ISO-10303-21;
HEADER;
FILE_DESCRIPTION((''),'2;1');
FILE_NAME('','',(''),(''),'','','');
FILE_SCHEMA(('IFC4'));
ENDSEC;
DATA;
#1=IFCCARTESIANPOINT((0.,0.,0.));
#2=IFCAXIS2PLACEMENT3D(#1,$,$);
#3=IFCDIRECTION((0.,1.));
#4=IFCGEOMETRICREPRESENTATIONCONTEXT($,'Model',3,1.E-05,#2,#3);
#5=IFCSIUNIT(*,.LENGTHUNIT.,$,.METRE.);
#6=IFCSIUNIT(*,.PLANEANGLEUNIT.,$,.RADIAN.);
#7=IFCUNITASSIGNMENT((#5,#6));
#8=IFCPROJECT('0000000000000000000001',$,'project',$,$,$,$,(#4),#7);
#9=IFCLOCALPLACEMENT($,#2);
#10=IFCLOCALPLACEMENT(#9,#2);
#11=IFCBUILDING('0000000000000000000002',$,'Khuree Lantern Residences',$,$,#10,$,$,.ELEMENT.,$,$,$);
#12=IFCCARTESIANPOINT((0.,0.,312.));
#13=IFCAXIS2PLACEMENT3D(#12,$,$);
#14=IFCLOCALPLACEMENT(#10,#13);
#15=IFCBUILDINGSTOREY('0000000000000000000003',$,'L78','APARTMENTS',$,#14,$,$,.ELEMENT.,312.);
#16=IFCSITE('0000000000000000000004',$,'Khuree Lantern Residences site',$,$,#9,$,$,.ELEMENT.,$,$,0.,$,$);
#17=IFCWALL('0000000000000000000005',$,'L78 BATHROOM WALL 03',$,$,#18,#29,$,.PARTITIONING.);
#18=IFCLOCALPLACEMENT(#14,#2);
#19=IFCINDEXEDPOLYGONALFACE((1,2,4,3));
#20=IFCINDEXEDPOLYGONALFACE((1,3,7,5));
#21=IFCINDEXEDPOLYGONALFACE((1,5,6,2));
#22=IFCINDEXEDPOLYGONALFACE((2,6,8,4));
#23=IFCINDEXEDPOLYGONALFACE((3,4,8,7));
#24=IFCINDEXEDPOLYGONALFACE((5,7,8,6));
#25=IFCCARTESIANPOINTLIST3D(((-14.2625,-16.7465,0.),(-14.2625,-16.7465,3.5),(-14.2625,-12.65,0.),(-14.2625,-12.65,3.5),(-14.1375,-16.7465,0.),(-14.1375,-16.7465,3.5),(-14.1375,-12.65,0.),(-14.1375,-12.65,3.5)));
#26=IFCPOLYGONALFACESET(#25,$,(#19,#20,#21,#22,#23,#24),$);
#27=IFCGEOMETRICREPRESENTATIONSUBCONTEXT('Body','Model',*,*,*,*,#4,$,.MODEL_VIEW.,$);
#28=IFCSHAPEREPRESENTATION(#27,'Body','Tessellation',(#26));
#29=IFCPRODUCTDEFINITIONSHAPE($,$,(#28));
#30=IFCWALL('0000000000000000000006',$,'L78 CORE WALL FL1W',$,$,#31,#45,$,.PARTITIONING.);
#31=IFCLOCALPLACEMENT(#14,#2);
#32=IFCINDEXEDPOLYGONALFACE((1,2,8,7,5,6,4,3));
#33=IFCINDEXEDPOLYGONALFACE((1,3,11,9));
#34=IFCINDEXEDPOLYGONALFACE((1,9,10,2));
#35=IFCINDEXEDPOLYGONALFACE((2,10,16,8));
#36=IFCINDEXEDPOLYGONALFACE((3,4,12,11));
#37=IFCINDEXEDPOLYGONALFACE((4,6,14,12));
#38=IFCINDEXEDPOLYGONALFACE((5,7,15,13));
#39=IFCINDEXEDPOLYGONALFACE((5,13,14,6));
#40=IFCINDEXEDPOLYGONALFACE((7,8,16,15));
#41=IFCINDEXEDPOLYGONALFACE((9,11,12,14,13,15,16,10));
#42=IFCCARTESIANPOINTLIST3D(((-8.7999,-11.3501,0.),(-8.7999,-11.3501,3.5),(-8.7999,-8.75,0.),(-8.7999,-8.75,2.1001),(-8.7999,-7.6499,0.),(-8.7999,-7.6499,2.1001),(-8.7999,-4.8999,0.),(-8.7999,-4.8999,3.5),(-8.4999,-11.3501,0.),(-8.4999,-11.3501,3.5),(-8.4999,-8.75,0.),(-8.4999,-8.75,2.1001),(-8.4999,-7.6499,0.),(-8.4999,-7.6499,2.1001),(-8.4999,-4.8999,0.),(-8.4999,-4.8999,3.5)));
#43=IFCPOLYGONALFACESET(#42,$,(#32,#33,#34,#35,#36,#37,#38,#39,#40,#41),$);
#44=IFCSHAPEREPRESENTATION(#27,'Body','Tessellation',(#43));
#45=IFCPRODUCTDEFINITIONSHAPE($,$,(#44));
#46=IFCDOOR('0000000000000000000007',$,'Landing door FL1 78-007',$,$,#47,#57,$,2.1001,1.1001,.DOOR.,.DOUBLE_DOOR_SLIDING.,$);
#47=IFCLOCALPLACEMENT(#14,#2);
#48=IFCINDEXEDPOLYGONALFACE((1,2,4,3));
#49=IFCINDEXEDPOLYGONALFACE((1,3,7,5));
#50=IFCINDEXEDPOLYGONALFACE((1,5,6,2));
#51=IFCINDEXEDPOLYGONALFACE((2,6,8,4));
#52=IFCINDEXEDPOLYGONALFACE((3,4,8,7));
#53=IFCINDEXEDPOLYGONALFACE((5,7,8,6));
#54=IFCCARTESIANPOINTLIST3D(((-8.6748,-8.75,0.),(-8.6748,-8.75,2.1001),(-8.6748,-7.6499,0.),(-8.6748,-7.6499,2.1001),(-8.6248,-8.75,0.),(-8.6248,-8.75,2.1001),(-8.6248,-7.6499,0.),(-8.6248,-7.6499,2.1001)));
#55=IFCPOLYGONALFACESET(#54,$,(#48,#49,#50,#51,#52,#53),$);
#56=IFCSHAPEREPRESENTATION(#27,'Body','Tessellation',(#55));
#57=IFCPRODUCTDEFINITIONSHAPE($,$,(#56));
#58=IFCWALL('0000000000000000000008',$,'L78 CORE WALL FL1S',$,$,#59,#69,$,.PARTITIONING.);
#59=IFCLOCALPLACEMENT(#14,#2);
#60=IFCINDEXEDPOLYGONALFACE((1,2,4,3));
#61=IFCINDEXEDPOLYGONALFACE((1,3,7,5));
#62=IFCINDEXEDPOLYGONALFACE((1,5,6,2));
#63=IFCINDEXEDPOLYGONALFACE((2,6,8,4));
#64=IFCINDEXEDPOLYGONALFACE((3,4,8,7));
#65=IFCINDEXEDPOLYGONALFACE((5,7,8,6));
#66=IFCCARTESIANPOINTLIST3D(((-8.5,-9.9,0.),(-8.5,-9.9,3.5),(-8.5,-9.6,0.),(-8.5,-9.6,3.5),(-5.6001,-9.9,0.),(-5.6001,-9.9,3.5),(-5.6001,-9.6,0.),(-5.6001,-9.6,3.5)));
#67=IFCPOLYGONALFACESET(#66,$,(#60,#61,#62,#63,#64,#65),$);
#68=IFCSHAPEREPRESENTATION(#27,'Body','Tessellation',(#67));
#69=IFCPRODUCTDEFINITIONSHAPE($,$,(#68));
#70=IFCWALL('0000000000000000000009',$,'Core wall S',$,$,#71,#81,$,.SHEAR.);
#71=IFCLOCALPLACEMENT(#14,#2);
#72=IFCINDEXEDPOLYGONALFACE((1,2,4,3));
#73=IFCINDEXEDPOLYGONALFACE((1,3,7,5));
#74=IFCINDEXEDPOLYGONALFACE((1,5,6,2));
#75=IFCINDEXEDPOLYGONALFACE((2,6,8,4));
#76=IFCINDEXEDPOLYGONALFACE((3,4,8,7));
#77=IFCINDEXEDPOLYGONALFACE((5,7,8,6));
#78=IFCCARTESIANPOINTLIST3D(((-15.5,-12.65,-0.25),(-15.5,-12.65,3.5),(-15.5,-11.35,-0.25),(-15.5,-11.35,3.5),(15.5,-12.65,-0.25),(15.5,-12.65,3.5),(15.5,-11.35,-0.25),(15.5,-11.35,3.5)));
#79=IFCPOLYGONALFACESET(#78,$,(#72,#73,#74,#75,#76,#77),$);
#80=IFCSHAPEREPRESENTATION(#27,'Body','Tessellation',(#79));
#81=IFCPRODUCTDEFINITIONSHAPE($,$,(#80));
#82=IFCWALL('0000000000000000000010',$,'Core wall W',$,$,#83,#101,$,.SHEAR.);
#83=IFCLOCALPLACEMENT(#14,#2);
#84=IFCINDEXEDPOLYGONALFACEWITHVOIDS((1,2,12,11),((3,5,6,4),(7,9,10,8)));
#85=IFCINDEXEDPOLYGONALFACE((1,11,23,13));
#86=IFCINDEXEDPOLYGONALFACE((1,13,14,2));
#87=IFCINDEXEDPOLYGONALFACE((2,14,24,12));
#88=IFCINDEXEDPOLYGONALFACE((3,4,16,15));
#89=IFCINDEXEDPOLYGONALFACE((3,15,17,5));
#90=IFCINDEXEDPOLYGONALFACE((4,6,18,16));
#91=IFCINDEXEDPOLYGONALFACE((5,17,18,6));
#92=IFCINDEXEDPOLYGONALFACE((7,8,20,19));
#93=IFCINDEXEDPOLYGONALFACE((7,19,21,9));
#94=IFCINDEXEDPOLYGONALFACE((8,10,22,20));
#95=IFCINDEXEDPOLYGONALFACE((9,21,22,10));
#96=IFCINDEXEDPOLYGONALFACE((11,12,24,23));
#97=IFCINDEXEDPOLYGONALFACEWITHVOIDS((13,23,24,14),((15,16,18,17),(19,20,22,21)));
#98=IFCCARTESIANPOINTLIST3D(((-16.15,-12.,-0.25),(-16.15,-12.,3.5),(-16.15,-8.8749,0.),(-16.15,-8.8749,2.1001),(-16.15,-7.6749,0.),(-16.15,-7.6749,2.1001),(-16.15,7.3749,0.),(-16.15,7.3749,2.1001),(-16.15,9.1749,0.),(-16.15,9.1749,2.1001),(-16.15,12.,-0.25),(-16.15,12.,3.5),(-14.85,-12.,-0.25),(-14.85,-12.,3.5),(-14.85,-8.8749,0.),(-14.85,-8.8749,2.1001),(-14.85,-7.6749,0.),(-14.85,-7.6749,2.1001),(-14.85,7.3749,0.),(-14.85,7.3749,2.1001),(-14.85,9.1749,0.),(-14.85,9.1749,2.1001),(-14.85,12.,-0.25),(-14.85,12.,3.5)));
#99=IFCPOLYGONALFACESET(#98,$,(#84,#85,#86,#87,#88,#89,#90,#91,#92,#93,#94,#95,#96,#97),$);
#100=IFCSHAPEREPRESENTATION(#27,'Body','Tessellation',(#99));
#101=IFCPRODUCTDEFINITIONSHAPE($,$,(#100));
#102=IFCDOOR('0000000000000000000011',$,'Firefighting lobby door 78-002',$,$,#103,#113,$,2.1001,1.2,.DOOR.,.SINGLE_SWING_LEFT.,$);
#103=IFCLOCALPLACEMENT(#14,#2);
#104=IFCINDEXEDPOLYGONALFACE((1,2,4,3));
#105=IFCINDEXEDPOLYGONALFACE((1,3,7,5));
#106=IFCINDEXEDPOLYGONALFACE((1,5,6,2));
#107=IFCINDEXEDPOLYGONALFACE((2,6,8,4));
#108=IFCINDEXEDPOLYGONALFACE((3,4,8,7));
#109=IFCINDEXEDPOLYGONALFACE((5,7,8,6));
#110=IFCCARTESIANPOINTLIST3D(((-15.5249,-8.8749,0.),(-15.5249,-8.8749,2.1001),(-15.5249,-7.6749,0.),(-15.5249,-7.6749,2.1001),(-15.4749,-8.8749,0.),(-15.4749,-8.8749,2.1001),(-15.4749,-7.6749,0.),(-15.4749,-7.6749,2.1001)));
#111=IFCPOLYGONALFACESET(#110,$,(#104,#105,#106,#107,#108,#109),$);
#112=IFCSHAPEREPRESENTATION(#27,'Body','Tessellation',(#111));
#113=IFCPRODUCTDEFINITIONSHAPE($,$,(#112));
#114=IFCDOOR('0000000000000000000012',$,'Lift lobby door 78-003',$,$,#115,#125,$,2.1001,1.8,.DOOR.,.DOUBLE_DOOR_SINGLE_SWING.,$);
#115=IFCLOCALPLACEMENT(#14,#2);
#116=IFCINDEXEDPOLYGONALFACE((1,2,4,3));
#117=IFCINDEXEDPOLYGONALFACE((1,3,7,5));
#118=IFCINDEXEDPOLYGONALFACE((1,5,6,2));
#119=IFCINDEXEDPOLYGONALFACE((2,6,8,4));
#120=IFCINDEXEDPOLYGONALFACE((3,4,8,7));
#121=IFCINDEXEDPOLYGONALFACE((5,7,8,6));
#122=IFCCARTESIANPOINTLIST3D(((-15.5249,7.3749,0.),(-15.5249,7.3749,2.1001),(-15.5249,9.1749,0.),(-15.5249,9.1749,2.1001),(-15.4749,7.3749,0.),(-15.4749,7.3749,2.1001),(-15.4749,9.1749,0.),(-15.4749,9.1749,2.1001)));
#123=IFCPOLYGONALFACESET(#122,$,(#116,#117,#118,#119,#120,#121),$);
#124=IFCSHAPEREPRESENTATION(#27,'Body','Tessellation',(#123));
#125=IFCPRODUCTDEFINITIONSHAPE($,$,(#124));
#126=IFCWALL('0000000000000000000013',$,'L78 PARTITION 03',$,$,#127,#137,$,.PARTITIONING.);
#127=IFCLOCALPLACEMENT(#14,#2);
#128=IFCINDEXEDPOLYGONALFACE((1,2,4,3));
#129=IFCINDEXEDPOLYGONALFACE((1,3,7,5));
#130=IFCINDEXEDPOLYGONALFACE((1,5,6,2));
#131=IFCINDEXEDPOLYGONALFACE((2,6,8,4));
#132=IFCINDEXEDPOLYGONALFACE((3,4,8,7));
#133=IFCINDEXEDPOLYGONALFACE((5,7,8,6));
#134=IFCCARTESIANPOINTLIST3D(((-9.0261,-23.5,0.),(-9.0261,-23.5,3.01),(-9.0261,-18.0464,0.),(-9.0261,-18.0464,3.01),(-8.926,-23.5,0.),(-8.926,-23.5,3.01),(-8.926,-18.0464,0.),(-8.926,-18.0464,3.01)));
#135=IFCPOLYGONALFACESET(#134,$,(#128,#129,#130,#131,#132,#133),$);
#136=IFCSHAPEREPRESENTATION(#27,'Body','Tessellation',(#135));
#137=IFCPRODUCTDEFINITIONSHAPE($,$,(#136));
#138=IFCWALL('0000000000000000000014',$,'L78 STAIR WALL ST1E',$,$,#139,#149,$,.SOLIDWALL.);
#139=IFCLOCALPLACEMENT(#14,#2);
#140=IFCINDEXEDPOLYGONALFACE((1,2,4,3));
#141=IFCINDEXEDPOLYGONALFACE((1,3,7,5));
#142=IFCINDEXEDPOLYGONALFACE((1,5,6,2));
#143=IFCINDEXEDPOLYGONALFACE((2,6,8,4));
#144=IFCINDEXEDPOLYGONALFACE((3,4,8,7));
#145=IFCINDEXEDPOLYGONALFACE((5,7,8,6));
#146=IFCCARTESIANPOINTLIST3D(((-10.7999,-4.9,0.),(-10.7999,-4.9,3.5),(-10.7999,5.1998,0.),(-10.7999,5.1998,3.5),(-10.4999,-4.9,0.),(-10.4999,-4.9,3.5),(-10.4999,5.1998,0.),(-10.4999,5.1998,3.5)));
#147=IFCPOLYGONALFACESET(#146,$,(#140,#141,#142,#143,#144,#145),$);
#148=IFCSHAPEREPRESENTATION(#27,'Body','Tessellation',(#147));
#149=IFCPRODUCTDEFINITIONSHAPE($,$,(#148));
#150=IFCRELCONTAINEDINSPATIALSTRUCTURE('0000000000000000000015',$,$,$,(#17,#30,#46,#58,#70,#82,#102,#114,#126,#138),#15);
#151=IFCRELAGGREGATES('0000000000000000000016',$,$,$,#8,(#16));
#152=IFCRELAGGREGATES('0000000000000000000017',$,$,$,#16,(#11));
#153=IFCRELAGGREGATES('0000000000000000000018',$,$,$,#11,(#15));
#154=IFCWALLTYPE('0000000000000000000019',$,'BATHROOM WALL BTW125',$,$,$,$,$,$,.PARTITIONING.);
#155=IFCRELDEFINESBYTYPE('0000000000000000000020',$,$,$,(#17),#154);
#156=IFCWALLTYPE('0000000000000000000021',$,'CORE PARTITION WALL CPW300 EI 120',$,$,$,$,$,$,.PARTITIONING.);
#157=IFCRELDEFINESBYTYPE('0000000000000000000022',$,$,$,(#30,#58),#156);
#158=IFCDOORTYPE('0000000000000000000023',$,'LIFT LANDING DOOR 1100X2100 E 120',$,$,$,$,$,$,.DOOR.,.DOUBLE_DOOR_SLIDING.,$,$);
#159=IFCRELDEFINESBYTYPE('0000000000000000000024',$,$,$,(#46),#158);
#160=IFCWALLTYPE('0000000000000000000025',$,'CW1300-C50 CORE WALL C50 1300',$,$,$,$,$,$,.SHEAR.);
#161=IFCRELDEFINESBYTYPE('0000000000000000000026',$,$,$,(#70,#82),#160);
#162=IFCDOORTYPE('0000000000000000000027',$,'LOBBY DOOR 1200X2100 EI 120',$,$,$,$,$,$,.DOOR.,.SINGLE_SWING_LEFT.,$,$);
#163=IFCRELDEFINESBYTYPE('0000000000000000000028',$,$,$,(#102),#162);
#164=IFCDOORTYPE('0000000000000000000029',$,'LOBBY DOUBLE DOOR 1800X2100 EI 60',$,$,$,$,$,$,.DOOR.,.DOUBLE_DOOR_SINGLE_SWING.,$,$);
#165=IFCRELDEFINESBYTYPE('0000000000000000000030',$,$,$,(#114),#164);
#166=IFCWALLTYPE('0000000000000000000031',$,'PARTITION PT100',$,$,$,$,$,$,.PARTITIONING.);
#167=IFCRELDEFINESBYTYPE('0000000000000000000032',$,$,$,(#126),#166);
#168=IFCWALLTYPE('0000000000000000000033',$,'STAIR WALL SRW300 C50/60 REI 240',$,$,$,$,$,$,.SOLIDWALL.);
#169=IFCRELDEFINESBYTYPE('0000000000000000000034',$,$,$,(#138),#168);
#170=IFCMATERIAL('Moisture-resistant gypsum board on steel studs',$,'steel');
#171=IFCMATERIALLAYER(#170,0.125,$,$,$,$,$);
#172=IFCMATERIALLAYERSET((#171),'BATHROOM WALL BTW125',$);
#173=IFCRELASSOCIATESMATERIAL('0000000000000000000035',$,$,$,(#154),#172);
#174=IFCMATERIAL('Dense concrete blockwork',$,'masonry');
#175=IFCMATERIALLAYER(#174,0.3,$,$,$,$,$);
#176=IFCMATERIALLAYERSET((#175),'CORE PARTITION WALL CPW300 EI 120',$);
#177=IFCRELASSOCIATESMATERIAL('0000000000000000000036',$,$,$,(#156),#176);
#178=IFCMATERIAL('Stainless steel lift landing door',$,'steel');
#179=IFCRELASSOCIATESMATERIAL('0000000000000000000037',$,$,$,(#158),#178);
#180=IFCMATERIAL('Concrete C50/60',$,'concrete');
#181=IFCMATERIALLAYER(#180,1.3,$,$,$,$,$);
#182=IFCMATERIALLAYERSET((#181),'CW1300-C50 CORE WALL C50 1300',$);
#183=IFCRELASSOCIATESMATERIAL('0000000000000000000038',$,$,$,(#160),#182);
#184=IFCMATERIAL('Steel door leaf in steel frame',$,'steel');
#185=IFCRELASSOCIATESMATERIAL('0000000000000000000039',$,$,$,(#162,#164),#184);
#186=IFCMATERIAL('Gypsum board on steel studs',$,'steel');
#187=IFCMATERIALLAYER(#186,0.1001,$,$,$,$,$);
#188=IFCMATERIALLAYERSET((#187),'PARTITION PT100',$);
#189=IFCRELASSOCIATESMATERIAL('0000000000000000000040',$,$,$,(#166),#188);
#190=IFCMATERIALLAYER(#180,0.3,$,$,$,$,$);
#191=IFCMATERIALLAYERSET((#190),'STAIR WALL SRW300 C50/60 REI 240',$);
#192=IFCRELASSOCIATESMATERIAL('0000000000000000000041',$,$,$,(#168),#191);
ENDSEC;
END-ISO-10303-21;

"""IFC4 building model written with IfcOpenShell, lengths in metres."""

from ifc_helpers import new_model, si_unit, direction, frame, frame_2d, origin, place, context, subcontext, project, spatial, rectangle, extrude, material, layer, layer_set, type_object, element, fill, save


model = new_model("IFC4")

# Units and contexts
model_context = context("Model", 3, precision=1e-05, world=origin(), true_north=direction((0.0, 1.0)))
body_context = subcontext(model_context, "Body", "Model", "MODEL_VIEW")
ifc_project = project(units=[si_unit("LENGTHUNIT", "METRE"), si_unit("PLANEANGLEUNIT", "RADIAN")], contexts=[model_context])

# Site, building, storey
site_placement = place(None, origin())
site = spatial("IfcSite", under=ifc_project, at=site_placement, Name="Khuree Lantern Residences site", CompositionType="ELEMENT", RefElevation=0.0)
building_placement = place(site_placement, origin())
building = spatial("IfcBuilding", under=site, at=building_placement, Name="Khuree Lantern Residences", CompositionType="ELEMENT")
storey_placement = place(building_placement, frame((0.0, 0.0, 312.0)))
storey = spatial("IfcBuildingStorey", under=building, at=storey_placement, Name="L78", Description="APARTMENTS", CompositionType="ELEMENT", Elevation=312.0)

# Wall
ifc_material_1 = material(Name="Moisture-resistant gypsum board on steel studs", Category="steel")
ifc_layer_1 = layer(ifc_material_1, 0.125)
ifc_layer_set_1 = layer_set([ifc_layer_1], Name="BATHROOM WALL BTW125")
wall_type_1 = type_object("IfcWallType", Name="BATHROOM WALL BTW125", PredefinedType="PARTITIONING", material=ifc_layer_set_1)
wall_1_placement = place(storey_placement, frame((-14.2, -12.6499, 0.0), z_axis=(0.0, 0.0, 1.0), x_axis=(0.0, -1.0, 0.0)))
element("IfcWall", 1, at=wall_1_placement, inside=storey, type_object=wall_type_1, Name="L78 BATHROOM WALL 03", PredefinedType="PARTITIONING", context=body_context, shape_type="SweptSolid", body=[
    extrude(rectangle(XDim=4.0964, YDim=0.125, at=frame_2d((2.0483, 0.0))), origin(), (0.0, 0.0, 1.0), 3.5),
])

# Wall, opening, door
ifc_material_2 = material(Name="Dense concrete blockwork", Category="masonry")
ifc_layer_2 = layer(ifc_material_2, 0.3)
ifc_layer_set_2 = layer_set([ifc_layer_2], Name="CORE PARTITION WALL CPW300 EI 120")
wall_type_2 = type_object("IfcWallType", Name="CORE PARTITION WALL CPW300 EI 120", PredefinedType="PARTITIONING", material=ifc_layer_set_2)
wall_2_placement = place(storey_placement, frame((-8.6499, -11.3501, 0.0), z_axis=(0.0, 0.0, 1.0), x_axis=(0.0, 1.0, 0.0)))
wall_2 = element("IfcWall", 2, at=wall_2_placement, inside=storey, type_object=wall_type_2, Name="L78 CORE WALL FL1W", PredefinedType="PARTITIONING", context=body_context, shape_type="SweptSolid", body=[
    extrude(rectangle(XDim=6.4502, YDim=0.3, at=frame_2d((3.2251, 0.0))), origin(), (0.0, 0.0, 1.0), 3.5),
])
opening_1_placement = place(wall_2_placement, frame((2.6001, 0.0, 0.0)))
opening_1 = element("IfcOpeningElement", 3, at=opening_1_placement, cuts=wall_2, PredefinedType="OPENING", context=body_context, shape_type="SweptSolid", body=[
    extrude(rectangle(XDim=1.1001, YDim=2.1001, at=frame_2d((0.55, 1.05))), frame((0.0, 0.1602, 0.0), z_axis=(0.0, -1.0, 0.0), x_axis=(1.0, 0.0, 0.0)), (0.0, 0.0, 1.0), 0.3201),
])
ifc_material_3 = material(Name="Stainless steel lift landing door", Category="steel")
door_type_1 = type_object("IfcDoorType", Name="LIFT LANDING DOOR 1100X2100 E 120", OperationType="DOUBLE_DOOR_SLIDING", PredefinedType="DOOR", material=ifc_material_3)
door_1_placement = place(opening_1_placement, origin())
door_1 = element("IfcDoor", 4, at=door_1_placement, inside=storey, type_object=door_type_1, Name="Landing door FL1 78-007", OperationType="DOUBLE_DOOR_SLIDING", OverallHeight=2.1001, OverallWidth=1.1001, PredefinedType="DOOR", context=body_context, shape_type="SweptSolid", body=[
    extrude(rectangle(XDim=1.1001, YDim=2.1001, at=frame_2d((0.55, 1.05))), frame((0.0, 0.0249, 0.0), z_axis=(0.0, -1.0, 0.0), x_axis=(1.0, 0.0, 0.0)), (0.0, 0.0, 1.0), 0.05),
])
fill(opening_1, door_1)

# Walls
wall_3_placement = place(storey_placement, frame((-8.5, -9.75, 0.0), z_axis=(0.0, 0.0, 1.0), x_axis=(1.0, 0.0, 0.0)))
element("IfcWall", 5, at=wall_3_placement, inside=storey, type_object=wall_type_2, Name="L78 CORE WALL FL1S", PredefinedType="PARTITIONING", context=body_context, shape_type="SweptSolid", body=[
    extrude(rectangle(XDim=2.8999, YDim=0.3, at=frame_2d((1.45, 0.0))), origin(), (0.0, 0.0, 1.0), 3.5),
])
ifc_material_4 = material(Name="Concrete C50/60", Category="concrete")
ifc_layer_3 = layer(ifc_material_4, 1.3)
ifc_layer_set_3 = layer_set([ifc_layer_3], Name="CW1300-C50 CORE WALL C50 1300")
wall_type_3 = type_object("IfcWallType", Name="CW1300-C50 CORE WALL C50 1300", PredefinedType="SHEAR", material=ifc_layer_set_3)
wall_4_placement = place(storey_placement, frame((-15.5, -12.0, -0.25), z_axis=(0.0, 0.0, 1.0), x_axis=(1.0, 0.0, 0.0)))
element("IfcWall", 6, at=wall_4_placement, inside=storey, type_object=wall_type_3, Name="Core wall S", PredefinedType="SHEAR", context=body_context, shape_type="SweptSolid", body=[
    extrude(rectangle(XDim=31.0, YDim=1.3, at=frame_2d((15.5, 0.0))), origin(), (0.0, 0.0, 1.0), 3.75),
])

# Wall, openings, doors
wall_5_placement = place(storey_placement, frame((-15.5, -12.0, -0.25), z_axis=(0.0, 0.0, 1.0), x_axis=(0.0, 1.0, 0.0)))
wall_5 = element("IfcWall", 7, at=wall_5_placement, inside=storey, type_object=wall_type_3, Name="Core wall W", PredefinedType="SHEAR", context=body_context, shape_type="SweptSolid", body=[
    extrude(rectangle(XDim=24.0, YDim=1.3, at=frame_2d((12.0, 0.0))), origin(), (0.0, 0.0, 1.0), 3.75),
])
opening_2_placement = place(wall_5_placement, frame((3.125, 0.0, 0.25)))
opening_2 = element("IfcOpeningElement", 8, at=opening_2_placement, cuts=wall_5, PredefinedType="OPENING", context=body_context, shape_type="SweptSolid", body=[
    extrude(rectangle(XDim=1.2, YDim=2.1001, at=frame_2d((0.6001, 1.05))), frame((0.0, 0.6602, 0.0), z_axis=(0.0, -1.0, 0.0), x_axis=(1.0, 0.0, 0.0)), (0.0, 0.0, 1.0), 1.3201),
])
opening_3_placement = place(wall_5_placement, frame((19.375, 0.0, 0.25)))
opening_3 = element("IfcOpeningElement", 9, at=opening_3_placement, cuts=wall_5, PredefinedType="OPENING", context=body_context, shape_type="SweptSolid", body=[
    extrude(rectangle(XDim=1.8, YDim=2.1001, at=frame_2d((0.8999, 1.05))), frame((0.0, 0.6602, 0.0), z_axis=(0.0, -1.0, 0.0), x_axis=(1.0, 0.0, 0.0)), (0.0, 0.0, 1.0), 1.3201),
])
ifc_material_5 = material(Name="Steel door leaf in steel frame", Category="steel")
door_type_2 = type_object("IfcDoorType", Name="LOBBY DOOR 1200X2100 EI 120", OperationType="SINGLE_SWING_LEFT", PredefinedType="DOOR", material=ifc_material_5)
door_2_placement = place(opening_2_placement, origin())
door_2 = element("IfcDoor", 10, at=door_2_placement, inside=storey, type_object=door_type_2, Name="Firefighting lobby door 78-002", OperationType="SINGLE_SWING_LEFT", OverallHeight=2.1001, OverallWidth=1.2, PredefinedType="DOOR", context=body_context, shape_type="SweptSolid", body=[
    extrude(rectangle(XDim=1.2, YDim=2.1001, at=frame_2d((0.6001, 1.05))), frame((0.0, 0.0249, 0.0), z_axis=(0.0, -1.0, 0.0), x_axis=(1.0, 0.0, 0.0)), (0.0, 0.0, 1.0), 0.05),
])
fill(opening_2, door_2)
door_type_3 = type_object("IfcDoorType", Name="LOBBY DOUBLE DOOR 1800X2100 EI 60", OperationType="DOUBLE_DOOR_SINGLE_SWING", PredefinedType="DOOR", material=ifc_material_5)
door_3_placement = place(opening_3_placement, origin())
door_3 = element("IfcDoor", 11, at=door_3_placement, inside=storey, type_object=door_type_3, Name="Lift lobby door 78-003", OperationType="DOUBLE_DOOR_SINGLE_SWING", OverallHeight=2.1001, OverallWidth=1.8, PredefinedType="DOOR", context=body_context, shape_type="SweptSolid", body=[
    extrude(rectangle(XDim=1.8, YDim=2.1001, at=frame_2d((0.8999, 1.05))), frame((0.0, 0.0249, 0.0), z_axis=(0.0, -1.0, 0.0), x_axis=(1.0, 0.0, 0.0)), (0.0, 0.0, 1.0), 0.05),
])
fill(opening_3, door_3)

# Walls
ifc_material_6 = material(Name="Gypsum board on steel studs", Category="steel")
ifc_layer_4 = layer(ifc_material_6, 0.1001)
ifc_layer_set_4 = layer_set([ifc_layer_4], Name="PARTITION PT100")
wall_type_4 = type_object("IfcWallType", Name="PARTITION PT100", PredefinedType="PARTITIONING", material=ifc_layer_set_4)
wall_6_placement = place(storey_placement, frame((-8.9761, -18.0464, 0.0), z_axis=(0.0, 0.0, 1.0), x_axis=(0.0, -1.0, 0.0)))
element("IfcWall", 12, at=wall_6_placement, inside=storey, type_object=wall_type_4, Name="L78 PARTITION 03", PredefinedType="PARTITIONING", context=body_context, shape_type="SweptSolid", body=[
    extrude(rectangle(XDim=5.4536, YDim=0.1001, at=frame_2d((2.7268, 0.0))), origin(), (0.0, 0.0, 1.0), 3.01),
])
ifc_layer_5 = layer(ifc_material_4, 0.3)
ifc_layer_set_5 = layer_set([ifc_layer_5], Name="STAIR WALL SRW300 C50/60 REI 240")
wall_type_5 = type_object("IfcWallType", Name="STAIR WALL SRW300 C50/60 REI 240", PredefinedType="SOLIDWALL", material=ifc_layer_set_5)
wall_7_placement = place(storey_placement, frame((-10.6499, -4.8999, 0.0), z_axis=(0.0, 0.0, 1.0), x_axis=(0.0, 1.0, 0.0)))
element("IfcWall", 13, at=wall_7_placement, inside=storey, type_object=wall_type_5, Name="L78 STAIR WALL ST1E", PredefinedType="SOLIDWALL", context=body_context, shape_type="SweptSolid", body=[
    extrude(rectangle(XDim=10.0999, YDim=0.3, at=frame_2d((5.0498, 0.0))), origin(), (0.0, 0.0, 1.0), 3.5),
])

save(model, "model.ifc")
